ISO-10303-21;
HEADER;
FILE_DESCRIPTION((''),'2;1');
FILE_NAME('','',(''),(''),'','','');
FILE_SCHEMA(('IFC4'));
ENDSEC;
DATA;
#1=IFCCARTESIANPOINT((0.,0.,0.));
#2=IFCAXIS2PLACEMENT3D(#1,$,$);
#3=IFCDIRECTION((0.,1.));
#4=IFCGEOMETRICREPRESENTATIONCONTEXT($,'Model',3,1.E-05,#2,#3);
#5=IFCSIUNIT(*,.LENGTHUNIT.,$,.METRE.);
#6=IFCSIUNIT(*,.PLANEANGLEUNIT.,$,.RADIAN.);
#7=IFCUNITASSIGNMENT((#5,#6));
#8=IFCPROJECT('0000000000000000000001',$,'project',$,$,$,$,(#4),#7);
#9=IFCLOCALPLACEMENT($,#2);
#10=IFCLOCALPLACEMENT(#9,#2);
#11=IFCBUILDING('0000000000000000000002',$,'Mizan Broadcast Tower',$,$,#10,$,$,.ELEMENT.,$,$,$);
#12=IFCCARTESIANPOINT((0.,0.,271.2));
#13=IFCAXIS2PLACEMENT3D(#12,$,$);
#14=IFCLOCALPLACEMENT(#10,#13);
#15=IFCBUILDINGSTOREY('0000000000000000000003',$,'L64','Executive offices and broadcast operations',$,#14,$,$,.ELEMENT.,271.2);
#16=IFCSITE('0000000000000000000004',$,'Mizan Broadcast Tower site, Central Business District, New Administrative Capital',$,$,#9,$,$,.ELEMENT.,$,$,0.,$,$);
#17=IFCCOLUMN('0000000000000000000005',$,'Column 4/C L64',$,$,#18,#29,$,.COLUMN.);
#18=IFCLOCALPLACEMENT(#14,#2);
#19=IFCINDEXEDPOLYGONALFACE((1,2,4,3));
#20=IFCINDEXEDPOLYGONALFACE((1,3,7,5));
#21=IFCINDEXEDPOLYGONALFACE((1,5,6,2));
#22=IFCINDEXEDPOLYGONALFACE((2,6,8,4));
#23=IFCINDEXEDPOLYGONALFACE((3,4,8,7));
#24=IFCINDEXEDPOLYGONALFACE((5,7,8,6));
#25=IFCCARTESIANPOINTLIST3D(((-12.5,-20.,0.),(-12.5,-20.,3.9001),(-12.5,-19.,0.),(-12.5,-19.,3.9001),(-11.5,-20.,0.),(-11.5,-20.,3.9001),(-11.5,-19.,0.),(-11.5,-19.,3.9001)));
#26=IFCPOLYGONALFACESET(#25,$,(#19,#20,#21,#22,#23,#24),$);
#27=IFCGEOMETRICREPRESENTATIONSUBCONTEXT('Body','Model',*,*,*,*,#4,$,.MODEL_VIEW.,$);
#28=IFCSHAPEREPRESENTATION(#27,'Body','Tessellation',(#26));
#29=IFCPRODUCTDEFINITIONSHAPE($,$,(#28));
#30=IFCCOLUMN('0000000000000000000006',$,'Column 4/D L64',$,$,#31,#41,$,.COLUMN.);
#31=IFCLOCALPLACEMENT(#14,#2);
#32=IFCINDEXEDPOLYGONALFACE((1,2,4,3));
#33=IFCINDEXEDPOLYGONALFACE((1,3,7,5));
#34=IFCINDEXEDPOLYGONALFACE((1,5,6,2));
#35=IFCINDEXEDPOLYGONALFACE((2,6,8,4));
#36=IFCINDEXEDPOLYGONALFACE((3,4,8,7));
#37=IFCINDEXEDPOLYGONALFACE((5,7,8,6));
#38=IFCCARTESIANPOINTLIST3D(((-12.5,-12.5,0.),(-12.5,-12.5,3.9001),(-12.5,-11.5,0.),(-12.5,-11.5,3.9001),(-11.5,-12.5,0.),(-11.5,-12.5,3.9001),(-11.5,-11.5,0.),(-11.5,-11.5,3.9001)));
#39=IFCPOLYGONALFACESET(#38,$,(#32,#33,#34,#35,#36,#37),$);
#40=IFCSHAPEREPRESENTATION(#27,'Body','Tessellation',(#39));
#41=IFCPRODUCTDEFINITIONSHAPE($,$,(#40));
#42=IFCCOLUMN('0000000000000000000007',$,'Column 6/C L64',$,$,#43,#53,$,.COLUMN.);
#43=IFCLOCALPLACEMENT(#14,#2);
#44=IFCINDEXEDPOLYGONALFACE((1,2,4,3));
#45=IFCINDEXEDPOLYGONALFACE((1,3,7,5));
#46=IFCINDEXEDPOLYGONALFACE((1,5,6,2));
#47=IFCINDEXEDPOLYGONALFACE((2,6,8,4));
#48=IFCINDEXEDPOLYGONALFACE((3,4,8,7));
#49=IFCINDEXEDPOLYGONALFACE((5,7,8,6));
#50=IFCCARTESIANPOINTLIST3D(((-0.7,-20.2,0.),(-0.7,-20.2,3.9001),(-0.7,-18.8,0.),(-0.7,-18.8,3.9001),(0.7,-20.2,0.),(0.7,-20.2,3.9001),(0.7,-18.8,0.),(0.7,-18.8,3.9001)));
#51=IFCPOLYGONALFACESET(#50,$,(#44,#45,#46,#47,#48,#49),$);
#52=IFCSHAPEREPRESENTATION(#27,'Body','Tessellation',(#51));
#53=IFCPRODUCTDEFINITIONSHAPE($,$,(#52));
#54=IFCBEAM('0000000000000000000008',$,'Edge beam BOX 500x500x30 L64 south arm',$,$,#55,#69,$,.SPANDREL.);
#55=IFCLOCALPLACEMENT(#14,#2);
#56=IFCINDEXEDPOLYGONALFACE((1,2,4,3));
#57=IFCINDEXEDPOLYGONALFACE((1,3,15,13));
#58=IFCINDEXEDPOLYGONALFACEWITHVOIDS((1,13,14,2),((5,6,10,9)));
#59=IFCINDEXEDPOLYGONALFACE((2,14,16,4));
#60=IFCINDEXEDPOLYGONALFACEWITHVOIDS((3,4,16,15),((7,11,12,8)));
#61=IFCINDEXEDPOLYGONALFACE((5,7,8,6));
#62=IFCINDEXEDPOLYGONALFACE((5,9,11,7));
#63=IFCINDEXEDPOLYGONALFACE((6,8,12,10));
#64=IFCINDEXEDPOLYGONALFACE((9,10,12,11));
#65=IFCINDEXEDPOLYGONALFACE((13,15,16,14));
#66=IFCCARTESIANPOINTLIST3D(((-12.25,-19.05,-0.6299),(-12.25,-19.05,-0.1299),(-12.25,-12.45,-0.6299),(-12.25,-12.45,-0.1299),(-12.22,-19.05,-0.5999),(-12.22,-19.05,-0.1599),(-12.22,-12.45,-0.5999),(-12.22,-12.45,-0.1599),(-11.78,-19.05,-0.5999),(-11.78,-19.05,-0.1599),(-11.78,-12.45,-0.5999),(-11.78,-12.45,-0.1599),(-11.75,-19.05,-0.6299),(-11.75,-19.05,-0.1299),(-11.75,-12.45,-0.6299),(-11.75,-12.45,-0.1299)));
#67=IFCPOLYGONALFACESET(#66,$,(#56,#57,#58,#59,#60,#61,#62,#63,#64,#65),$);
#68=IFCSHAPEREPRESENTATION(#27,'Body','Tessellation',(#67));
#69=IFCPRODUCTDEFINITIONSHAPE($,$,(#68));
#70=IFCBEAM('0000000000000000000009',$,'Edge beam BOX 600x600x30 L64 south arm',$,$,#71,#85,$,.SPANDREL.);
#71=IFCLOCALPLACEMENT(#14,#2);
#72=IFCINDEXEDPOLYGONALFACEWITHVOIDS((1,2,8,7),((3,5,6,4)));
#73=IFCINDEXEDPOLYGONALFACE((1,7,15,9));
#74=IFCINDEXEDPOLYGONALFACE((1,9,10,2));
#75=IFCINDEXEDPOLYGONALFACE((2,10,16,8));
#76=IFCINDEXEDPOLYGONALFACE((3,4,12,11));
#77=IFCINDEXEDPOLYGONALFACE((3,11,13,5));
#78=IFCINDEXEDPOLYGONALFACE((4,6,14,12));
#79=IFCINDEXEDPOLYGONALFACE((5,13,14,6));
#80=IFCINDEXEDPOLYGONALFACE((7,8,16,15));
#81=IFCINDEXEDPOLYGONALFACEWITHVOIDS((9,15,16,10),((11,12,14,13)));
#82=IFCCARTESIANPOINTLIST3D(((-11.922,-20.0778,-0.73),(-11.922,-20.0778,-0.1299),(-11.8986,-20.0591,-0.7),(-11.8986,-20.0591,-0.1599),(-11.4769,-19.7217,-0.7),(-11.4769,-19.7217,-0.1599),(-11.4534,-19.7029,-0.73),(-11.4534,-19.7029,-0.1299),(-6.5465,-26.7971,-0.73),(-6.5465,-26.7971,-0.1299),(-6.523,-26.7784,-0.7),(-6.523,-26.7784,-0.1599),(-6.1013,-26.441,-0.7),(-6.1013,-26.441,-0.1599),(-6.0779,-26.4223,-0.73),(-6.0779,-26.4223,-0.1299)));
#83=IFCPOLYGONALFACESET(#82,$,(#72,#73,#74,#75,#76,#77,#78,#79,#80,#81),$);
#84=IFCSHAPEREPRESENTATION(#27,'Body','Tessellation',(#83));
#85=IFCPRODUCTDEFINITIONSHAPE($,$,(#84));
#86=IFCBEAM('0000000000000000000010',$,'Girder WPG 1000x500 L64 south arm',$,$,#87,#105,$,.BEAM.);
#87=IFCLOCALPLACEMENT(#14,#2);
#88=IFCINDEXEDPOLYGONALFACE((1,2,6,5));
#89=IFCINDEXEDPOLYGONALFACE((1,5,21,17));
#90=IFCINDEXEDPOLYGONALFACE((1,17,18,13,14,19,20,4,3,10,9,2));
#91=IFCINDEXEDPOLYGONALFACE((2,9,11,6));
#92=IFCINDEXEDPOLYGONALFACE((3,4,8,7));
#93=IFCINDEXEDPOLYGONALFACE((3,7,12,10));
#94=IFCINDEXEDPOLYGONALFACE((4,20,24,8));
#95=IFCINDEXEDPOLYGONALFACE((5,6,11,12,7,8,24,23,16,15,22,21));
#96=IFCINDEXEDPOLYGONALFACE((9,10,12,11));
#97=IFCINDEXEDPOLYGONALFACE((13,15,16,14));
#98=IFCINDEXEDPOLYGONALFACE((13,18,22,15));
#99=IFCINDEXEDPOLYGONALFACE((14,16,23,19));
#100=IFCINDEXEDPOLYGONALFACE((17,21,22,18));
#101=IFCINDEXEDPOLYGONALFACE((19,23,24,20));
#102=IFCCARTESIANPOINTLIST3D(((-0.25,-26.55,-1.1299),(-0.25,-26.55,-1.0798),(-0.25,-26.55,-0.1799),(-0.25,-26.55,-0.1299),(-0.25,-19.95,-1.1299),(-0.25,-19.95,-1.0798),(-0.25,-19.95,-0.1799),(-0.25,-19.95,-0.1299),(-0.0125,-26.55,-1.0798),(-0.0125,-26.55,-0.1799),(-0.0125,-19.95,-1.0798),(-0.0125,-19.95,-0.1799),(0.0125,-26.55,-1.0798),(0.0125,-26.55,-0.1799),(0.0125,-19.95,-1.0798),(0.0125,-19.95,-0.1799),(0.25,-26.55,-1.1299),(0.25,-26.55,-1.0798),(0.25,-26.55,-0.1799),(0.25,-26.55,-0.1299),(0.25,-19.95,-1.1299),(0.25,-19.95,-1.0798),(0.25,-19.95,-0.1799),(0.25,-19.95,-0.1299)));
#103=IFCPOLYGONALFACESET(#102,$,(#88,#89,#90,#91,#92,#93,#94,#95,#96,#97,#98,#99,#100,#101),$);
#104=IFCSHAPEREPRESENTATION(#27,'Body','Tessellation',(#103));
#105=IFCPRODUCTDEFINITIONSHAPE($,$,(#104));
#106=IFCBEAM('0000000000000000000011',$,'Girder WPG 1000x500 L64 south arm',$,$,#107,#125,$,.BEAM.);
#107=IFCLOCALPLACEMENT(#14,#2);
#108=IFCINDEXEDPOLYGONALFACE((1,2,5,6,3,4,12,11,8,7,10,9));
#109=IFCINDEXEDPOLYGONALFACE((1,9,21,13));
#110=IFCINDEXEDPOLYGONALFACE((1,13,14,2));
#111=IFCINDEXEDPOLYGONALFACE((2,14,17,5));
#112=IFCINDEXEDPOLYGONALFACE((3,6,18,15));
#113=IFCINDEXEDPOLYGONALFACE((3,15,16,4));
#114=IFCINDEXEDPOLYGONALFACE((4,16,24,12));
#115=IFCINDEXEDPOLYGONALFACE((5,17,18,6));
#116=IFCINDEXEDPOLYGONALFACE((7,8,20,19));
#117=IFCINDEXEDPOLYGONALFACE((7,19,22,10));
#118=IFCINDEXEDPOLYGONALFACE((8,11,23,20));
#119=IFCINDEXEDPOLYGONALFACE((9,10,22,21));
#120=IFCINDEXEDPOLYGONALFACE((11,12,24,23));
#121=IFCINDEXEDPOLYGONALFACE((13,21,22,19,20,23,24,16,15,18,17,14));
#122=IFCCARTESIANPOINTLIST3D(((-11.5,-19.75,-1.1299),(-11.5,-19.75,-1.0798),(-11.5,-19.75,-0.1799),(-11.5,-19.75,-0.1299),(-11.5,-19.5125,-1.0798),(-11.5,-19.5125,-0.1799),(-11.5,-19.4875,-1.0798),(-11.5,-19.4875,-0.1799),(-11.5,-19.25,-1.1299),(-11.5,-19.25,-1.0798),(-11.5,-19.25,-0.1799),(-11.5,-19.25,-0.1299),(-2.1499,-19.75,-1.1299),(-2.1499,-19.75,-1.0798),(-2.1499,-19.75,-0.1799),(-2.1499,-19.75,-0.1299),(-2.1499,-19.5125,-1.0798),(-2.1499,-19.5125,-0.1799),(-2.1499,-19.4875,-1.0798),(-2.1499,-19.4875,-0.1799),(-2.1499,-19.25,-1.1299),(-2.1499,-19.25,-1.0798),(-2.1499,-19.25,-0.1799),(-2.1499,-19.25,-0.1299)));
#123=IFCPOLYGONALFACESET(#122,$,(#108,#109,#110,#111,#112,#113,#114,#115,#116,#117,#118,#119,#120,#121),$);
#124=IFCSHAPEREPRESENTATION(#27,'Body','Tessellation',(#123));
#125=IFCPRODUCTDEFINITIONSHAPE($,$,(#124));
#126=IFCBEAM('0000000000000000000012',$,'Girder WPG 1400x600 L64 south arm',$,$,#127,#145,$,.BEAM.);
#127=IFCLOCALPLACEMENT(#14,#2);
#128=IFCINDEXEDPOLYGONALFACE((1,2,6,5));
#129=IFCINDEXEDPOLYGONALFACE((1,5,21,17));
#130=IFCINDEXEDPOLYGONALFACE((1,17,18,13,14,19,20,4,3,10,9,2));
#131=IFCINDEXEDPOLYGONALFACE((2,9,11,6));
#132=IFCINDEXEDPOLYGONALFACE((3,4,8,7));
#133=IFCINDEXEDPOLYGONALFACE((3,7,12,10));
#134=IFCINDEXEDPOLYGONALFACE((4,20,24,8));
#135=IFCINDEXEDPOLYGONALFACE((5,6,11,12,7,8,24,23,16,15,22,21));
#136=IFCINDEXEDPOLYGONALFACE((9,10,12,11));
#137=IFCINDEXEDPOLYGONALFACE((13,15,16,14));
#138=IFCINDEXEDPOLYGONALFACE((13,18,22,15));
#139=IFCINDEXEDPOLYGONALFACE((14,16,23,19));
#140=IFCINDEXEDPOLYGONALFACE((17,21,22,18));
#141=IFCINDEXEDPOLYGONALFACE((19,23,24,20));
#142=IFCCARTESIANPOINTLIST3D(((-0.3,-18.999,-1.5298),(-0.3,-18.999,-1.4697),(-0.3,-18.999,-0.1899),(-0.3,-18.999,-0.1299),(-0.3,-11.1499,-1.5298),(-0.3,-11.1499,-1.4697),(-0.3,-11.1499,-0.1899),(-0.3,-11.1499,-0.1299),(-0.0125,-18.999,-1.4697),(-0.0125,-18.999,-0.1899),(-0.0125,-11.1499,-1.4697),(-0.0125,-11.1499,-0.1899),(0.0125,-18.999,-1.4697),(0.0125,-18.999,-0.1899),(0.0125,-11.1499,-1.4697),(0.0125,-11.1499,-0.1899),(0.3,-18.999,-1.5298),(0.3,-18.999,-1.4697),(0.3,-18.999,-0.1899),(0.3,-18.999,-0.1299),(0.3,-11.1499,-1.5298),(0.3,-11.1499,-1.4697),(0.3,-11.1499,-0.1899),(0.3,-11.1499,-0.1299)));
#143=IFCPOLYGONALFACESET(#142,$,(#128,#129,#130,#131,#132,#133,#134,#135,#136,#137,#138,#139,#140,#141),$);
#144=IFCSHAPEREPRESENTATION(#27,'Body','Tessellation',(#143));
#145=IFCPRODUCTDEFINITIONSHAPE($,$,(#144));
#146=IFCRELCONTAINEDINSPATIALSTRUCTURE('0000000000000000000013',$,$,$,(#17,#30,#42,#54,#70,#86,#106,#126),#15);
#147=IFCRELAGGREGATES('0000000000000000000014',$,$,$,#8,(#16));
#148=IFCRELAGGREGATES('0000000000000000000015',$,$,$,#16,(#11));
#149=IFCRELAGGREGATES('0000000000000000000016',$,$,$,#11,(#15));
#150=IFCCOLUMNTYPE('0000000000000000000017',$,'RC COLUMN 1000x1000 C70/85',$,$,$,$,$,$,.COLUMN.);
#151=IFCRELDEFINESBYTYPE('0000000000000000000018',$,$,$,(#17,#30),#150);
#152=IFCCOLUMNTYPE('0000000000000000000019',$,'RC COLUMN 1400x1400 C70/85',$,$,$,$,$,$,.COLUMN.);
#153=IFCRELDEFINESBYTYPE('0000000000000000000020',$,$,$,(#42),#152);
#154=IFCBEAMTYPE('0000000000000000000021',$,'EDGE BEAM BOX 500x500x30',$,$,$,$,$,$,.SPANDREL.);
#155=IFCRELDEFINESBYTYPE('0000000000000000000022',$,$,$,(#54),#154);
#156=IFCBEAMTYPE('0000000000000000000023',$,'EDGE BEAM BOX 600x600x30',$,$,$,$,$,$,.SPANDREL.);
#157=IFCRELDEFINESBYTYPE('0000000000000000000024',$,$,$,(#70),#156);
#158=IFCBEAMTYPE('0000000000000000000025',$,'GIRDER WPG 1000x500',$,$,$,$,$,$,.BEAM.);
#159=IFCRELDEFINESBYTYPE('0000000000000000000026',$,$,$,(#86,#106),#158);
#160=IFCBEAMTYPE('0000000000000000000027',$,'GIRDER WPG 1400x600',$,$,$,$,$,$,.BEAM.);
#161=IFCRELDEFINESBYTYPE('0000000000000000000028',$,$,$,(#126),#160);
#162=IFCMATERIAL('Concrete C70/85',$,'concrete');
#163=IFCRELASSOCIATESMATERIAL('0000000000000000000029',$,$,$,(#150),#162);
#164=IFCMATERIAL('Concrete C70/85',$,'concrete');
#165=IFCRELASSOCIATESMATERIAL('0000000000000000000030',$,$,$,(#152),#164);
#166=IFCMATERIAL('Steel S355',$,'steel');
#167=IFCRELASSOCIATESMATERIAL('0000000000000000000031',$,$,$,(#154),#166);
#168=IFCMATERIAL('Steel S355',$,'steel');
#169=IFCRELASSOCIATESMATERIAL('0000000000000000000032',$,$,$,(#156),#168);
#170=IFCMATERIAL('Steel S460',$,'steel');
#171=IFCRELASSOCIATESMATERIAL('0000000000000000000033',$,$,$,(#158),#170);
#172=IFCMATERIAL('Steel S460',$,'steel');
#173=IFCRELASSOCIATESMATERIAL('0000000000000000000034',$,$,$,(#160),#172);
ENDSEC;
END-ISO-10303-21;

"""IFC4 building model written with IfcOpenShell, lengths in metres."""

from ifc_helpers import new_model, si_unit, direction, frame, origin, origin_2d, place, context, subcontext, project, spatial, rectangle, hollow_rectangle, i_section, extrude, material, material_profile, profile_set, type_object, element, save


model = new_model("IFC4")

# Units and contexts
model_context = context("Model", 3, precision=1e-05, world=origin(), true_north=direction((0.0, 1.0)))
body_context = subcontext(model_context, "Body", "Model", "MODEL_VIEW")
ifc_project = project(units=[si_unit("LENGTHUNIT", "METRE"), si_unit("PLANEANGLEUNIT", "RADIAN")], contexts=[model_context])

# Site, building, storey
site_placement = place(None, origin())
site = spatial("IfcSite", under=ifc_project, at=site_placement, Name="Mizan Broadcast Tower site, Central Business District, New Administrative Capital", CompositionType="ELEMENT", RefElevation=0.0)
building_placement = place(site_placement, origin())
building = spatial("IfcBuilding", under=site, at=building_placement, Name="Mizan Broadcast Tower", CompositionType="ELEMENT")
storey_placement = place(building_placement, frame((0.0, 0.0, 271.2)))
storey = spatial("IfcBuildingStorey", under=building, at=storey_placement, Name="L64", Description="Executive offices and broadcast operations", CompositionType="ELEMENT", Elevation=271.2)

# Columns
ifc_material_1 = material(Name="Concrete C70/85", Category="concrete")
ifc_material_profile_1 = material_profile(ifc_material_1, rectangle(XDim=1.0, YDim=1.0, at=origin_2d()), Name="RC 1000x1000")
ifc_profile_set_1 = profile_set([ifc_material_profile_1], Name="Concrete C70/85")
column_type_1 = type_object("IfcColumnType", Name="RC COLUMN 1000x1000 C70/85", PredefinedType="COLUMN", material=ifc_profile_set_1)
for number, where, z_axis, x_axis, name in (
    (1, (-12.0, -19.5, 0.0), (0.0, 0.0, 1.0), (1.0, 0.0, 0.0), "Column 4/C L64"),
    (2, (-12.0, -12.0, 0.0), (0.0, 0.0, 1.0), (1.0, 0.0, 0.0), "Column 4/D L64"),
):
    element("IfcColumn", number, at=place(storey_placement, frame(where, z_axis=z_axis, x_axis=x_axis)), inside=storey, type_object=column_type_1, Name=name, PredefinedType="COLUMN", context=body_context, shape_type="SweptSolid", body=[
        extrude(rectangle(XDim=1.0, YDim=1.0, at=origin_2d()), origin(), (0.0, 0.0, 1.0), 3.9001),
    ])
ifc_material_2 = material(Name="Concrete C70/85", Category="concrete")
ifc_material_profile_2 = material_profile(ifc_material_2, rectangle(XDim=1.3999, YDim=1.3999, at=origin_2d()), Name="RC 1400x1400")
ifc_profile_set_2 = profile_set([ifc_material_profile_2], Name="Concrete C70/85")
column_type_2 = type_object("IfcColumnType", Name="RC COLUMN 1400x1400 C70/85", PredefinedType="COLUMN", material=ifc_profile_set_2)
column_placement = place(storey_placement, frame((0.0, -19.5, 0.0), z_axis=(0.0, 0.0, 1.0), x_axis=(1.0, 0.0, 0.0)))
element("IfcColumn", 3, at=column_placement, inside=storey, type_object=column_type_2, Name="Column 6/C L64", PredefinedType="COLUMN", context=body_context, shape_type="SweptSolid", body=[
    extrude(rectangle(XDim=1.3999, YDim=1.3999, at=origin_2d()), origin(), (0.0, 0.0, 1.0), 3.9001),
])

# Beams
ifc_material_3 = material(Name="Steel S355", Category="steel")
ifc_material_profile_3 = material_profile(ifc_material_3, hollow_rectangle(XDim=0.5, YDim=0.5, WallThickness=0.03, at=origin_2d()), Name="BOX 500x500x30")
ifc_profile_set_3 = profile_set([ifc_material_profile_3], Name="Steel S355")
beam_type_1 = type_object("IfcBeamType", Name="EDGE BEAM BOX 500x500x30", PredefinedType="SPANDREL", material=ifc_profile_set_3)
beam_1_placement = place(storey_placement, frame((-12.0, -12.45, -0.3799), z_axis=(0.0, -1.0, 0.0), x_axis=(1.0, 0.0, 0.0)))
element("IfcBeam", 4, at=beam_1_placement, inside=storey, type_object=beam_type_1, Name="Edge beam BOX 500x500x30 L64 south arm", PredefinedType="SPANDREL", context=body_context, shape_type="SweptSolid", body=[
    extrude(hollow_rectangle(XDim=0.5, YDim=0.5, WallThickness=0.03, at=origin_2d()), origin(), (0.0, 0.0, 1.0), 6.6001),
])
ifc_material_4 = material(Name="Steel S355", Category="steel")
ifc_material_profile_4 = material_profile(ifc_material_4, hollow_rectangle(XDim=0.6001, YDim=0.6001, WallThickness=0.03, at=origin_2d()), Name="BOX 600x600x30")
ifc_profile_set_4 = profile_set([ifc_material_profile_4], Name="Steel S355")
beam_type_2 = type_object("IfcBeamType", Name="EDGE BEAM BOX 600x600x30", PredefinedType="SPANDREL", material=ifc_profile_set_4)
beam_2_placement = place(storey_placement, frame((-11.6877, -19.8904, -0.4299), z_axis=(0.624702, -0.780863, 0.0), x_axis=(0.780863, 0.624702, 0.0)))
element("IfcBeam", 5, at=beam_2_placement, inside=storey, type_object=beam_type_2, Name="Edge beam BOX 600x600x30 L64 south arm", PredefinedType="SPANDREL", context=body_context, shape_type="SweptSolid", body=[
    extrude(hollow_rectangle(XDim=0.6001, YDim=0.6001, WallThickness=0.03, at=origin_2d()), origin(), (0.0, 0.0, 1.0), 8.605),
])
ifc_material_5 = material(Name="Steel S460", Category="steel")
ifc_material_profile_5 = material_profile(ifc_material_5, i_section(OverallWidth=0.5, OverallDepth=1.0, WebThickness=0.0249, FlangeThickness=0.05, at=origin_2d()), Name="WPG 1000x500")
ifc_profile_set_5 = profile_set([ifc_material_profile_5], Name="Steel S460")
beam_type_3 = type_object("IfcBeamType", Name="GIRDER WPG 1000x500", PredefinedType="BEAM", material=ifc_profile_set_5)
beam_3_placement = place(storey_placement, frame((0.0, -19.95, -0.6299), z_axis=(0.0, -1.0, 0.0), x_axis=(1.0, 0.0, 0.0)))
element("IfcBeam", 6, at=beam_3_placement, inside=storey, type_object=beam_type_3, Name="Girder WPG 1000x500 L64 south arm", PredefinedType="BEAM", context=body_context, shape_type="SweptSolid", body=[
    extrude(i_section(OverallWidth=0.5, OverallDepth=1.0, WebThickness=0.0249, FlangeThickness=0.05, at=origin_2d()), origin(), (0.0, 0.0, 1.0), 6.6001),
])
beam_4_placement = place(storey_placement, frame((-11.5, -19.5, -0.6299), z_axis=(1.0, 0.0, 0.0), x_axis=(0.0, 1.0, 0.0)))
element("IfcBeam", 7, at=beam_4_placement, inside=storey, type_object=beam_type_3, Name="Girder WPG 1000x500 L64 south arm", PredefinedType="BEAM", context=body_context, shape_type="SweptSolid", body=[
    extrude(i_section(OverallWidth=0.5, OverallDepth=1.0, WebThickness=0.0249, FlangeThickness=0.05, at=origin_2d()), origin(), (0.0, 0.0, 1.0), 9.3501),
])
ifc_material_6 = material(Name="Steel S460", Category="steel")
ifc_material_profile_6 = material_profile(ifc_material_6, i_section(OverallWidth=0.6001, OverallDepth=1.3999, WebThickness=0.0249, FlangeThickness=0.0601, at=origin_2d()), Name="WPG 1400x600")
ifc_profile_set_6 = profile_set([ifc_material_profile_6], Name="Steel S460")
beam_type_4 = type_object("IfcBeamType", Name="GIRDER WPG 1400x600", PredefinedType="BEAM", material=ifc_profile_set_6)
beam_5_placement = place(storey_placement, frame((0.0, -11.1499, -0.8298), z_axis=(0.0, -1.0, 0.0), x_axis=(1.0, 0.0, 0.0)))
element("IfcBeam", 8, at=beam_5_placement, inside=storey, type_object=beam_type_4, Name="Girder WPG 1400x600 L64 south arm", PredefinedType="BEAM", context=body_context, shape_type="SweptSolid", body=[
    extrude(i_section(OverallWidth=0.6001, OverallDepth=1.3999, WebThickness=0.0249, FlangeThickness=0.0601, at=origin_2d()), origin(), (0.0, 0.0, 1.0), 7.8491),
])

save(model, "model.ifc")
